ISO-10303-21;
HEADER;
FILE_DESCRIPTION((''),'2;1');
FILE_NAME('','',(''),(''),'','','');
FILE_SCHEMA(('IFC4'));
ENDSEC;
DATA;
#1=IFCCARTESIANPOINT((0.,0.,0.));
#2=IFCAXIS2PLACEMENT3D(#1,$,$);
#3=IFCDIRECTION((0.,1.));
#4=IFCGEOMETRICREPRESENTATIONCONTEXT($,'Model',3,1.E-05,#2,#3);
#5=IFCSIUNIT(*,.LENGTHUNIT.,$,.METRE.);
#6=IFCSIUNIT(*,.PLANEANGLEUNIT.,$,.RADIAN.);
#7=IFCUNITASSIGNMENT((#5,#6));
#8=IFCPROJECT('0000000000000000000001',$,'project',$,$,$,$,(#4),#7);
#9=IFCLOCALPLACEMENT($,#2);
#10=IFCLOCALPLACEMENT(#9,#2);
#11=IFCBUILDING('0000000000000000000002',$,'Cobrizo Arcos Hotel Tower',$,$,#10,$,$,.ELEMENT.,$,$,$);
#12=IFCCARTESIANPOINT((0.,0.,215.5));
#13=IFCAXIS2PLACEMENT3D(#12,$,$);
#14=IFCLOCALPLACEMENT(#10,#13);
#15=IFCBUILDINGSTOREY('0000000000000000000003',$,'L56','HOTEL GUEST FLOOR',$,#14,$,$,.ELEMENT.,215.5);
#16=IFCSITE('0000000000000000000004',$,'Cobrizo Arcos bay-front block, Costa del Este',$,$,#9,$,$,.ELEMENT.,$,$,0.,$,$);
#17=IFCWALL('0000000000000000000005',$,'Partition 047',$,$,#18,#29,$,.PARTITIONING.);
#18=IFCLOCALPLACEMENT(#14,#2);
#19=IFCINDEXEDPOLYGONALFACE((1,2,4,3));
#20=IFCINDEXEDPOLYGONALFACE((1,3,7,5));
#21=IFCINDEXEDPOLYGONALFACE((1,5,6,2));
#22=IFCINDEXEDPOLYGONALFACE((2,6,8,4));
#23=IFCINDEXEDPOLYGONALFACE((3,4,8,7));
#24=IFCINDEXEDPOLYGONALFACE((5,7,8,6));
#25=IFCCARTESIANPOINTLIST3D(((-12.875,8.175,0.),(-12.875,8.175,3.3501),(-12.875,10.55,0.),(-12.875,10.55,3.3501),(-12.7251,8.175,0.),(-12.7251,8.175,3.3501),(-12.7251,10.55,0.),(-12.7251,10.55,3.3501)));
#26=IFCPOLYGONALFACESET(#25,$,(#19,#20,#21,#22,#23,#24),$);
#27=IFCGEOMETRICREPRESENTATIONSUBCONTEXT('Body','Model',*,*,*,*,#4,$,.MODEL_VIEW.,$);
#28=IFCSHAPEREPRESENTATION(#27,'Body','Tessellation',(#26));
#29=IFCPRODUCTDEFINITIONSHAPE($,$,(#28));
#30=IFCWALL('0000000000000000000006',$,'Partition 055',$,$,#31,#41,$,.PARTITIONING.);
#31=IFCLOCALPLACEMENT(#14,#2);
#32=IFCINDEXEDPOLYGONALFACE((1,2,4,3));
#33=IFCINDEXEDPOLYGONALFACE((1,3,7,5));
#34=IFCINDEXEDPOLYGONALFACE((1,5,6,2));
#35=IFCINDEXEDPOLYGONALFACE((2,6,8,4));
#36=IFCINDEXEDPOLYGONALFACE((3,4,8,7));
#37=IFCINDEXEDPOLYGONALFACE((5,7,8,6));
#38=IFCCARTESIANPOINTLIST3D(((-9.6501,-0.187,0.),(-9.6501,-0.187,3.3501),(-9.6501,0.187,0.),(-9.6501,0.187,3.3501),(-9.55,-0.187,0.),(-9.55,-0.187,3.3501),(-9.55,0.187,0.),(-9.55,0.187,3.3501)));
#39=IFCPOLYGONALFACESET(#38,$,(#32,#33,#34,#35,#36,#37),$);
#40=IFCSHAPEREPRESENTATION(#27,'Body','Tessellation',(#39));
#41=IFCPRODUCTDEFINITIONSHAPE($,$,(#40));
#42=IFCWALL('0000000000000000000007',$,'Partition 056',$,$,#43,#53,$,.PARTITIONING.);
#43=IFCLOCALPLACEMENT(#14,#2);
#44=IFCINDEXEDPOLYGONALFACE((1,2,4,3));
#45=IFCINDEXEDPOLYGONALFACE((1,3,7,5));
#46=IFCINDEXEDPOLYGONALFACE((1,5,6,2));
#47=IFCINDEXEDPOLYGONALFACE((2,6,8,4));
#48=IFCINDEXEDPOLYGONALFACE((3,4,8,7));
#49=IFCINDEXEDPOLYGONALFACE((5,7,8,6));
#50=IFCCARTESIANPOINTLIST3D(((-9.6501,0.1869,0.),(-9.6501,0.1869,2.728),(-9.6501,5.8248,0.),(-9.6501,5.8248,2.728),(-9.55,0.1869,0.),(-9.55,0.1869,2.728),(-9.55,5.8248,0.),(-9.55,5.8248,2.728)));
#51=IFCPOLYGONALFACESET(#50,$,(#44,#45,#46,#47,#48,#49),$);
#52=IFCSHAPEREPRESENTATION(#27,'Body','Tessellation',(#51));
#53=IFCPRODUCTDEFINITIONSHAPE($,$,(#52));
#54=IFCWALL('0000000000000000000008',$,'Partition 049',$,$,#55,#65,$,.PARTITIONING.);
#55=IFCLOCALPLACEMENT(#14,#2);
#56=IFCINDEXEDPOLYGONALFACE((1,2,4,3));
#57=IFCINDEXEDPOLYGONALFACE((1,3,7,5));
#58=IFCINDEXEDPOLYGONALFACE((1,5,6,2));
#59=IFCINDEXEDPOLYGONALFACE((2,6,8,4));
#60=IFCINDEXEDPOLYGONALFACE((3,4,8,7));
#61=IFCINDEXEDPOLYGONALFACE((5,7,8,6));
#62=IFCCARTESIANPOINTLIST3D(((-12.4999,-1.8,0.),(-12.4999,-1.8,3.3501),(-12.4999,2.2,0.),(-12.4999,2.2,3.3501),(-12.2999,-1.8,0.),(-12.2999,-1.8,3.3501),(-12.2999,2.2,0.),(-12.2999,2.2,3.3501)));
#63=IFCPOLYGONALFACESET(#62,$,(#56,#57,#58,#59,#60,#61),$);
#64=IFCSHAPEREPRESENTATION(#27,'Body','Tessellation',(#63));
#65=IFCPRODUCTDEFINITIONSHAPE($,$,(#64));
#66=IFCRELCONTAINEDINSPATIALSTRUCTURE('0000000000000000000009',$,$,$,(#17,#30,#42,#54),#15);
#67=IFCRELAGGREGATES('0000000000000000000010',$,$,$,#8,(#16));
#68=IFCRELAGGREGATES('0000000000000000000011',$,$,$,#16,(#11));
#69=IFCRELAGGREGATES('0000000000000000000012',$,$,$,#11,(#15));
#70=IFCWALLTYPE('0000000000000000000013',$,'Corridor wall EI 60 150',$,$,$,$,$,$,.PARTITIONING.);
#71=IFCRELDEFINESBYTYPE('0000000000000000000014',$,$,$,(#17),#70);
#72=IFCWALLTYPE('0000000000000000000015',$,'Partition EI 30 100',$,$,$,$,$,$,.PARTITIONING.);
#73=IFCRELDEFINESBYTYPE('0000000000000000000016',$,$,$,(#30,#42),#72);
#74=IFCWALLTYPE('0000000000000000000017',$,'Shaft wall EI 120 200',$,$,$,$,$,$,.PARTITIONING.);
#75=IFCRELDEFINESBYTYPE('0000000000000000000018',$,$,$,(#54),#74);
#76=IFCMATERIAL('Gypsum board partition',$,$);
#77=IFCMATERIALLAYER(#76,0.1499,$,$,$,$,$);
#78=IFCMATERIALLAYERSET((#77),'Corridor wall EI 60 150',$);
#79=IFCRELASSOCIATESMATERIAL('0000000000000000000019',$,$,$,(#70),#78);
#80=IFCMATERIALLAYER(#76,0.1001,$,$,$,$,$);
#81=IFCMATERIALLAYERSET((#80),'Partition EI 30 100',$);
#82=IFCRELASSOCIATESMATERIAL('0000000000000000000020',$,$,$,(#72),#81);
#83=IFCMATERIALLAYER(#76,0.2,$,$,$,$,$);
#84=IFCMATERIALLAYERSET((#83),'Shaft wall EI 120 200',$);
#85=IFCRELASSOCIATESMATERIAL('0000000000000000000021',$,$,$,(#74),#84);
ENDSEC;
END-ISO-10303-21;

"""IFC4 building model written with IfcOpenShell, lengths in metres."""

from ifc_helpers import new_model, si_unit, direction, frame, frame_2d, origin, place, context, subcontext, project, spatial, rectangle, extrude, material, layer, layer_set, type_object, element, save


model = new_model("IFC4")

# Units and contexts
model_context = context("Model", 3, precision=1e-05, world=origin(), true_north=direction((0.0, 1.0)))
body_context = subcontext(model_context, "Body", "Model", "MODEL_VIEW")
ifc_project = project(units=[si_unit("LENGTHUNIT", "METRE"), si_unit("PLANEANGLEUNIT", "RADIAN")], contexts=[model_context])

# Site, building, storey
site_placement = place(None, origin())
site = spatial("IfcSite", under=ifc_project, at=site_placement, Name="Cobrizo Arcos bay-front block, Costa del Este", CompositionType="ELEMENT", RefElevation=0.0)
building_placement = place(site_placement, origin())
building = spatial("IfcBuilding", under=site, at=building_placement, Name="Cobrizo Arcos Hotel Tower", CompositionType="ELEMENT")
storey_placement = place(building_placement, frame((0.0, 0.0, 215.5)))
storey = spatial("IfcBuildingStorey", under=building, at=storey_placement, Name="L56", Description="HOTEL GUEST FLOOR", CompositionType="ELEMENT", Elevation=215.5)

# Shared definitions
ifc_material_1 = material(Name="Gypsum board partition")
ifc_layer_1 = layer(ifc_material_1, 0.1499)
ifc_layer_set_1 = layer_set([ifc_layer_1], Name="Corridor wall EI 60 150")
wall_type_1 = type_object("IfcWallType", Name="Corridor wall EI 60 150", PredefinedType="PARTITIONING", material=ifc_layer_set_1)

# Walls
wall_1_placement = place(storey_placement, frame((-12.8, 8.175, 0.0), z_axis=(0.0, 0.0, 1.0), x_axis=(0.0, 1.0, 0.0)))
element("IfcWall", 1, at=wall_1_placement, inside=storey, type_object=wall_type_1, Name="Partition 047", PredefinedType="PARTITIONING", context=body_context, shape_type="SweptSolid", body=[
    extrude(rectangle(XDim=2.375, YDim=0.1499, at=frame_2d((1.1875, 0.0))), origin(), (0.0, 0.0, 1.0), 3.3501),
])
ifc_layer_2 = layer(ifc_material_1, 0.1001)
ifc_layer_set_2 = layer_set([ifc_layer_2], Name="Partition EI 30 100")
wall_type_2 = type_object("IfcWallType", Name="Partition EI 30 100", PredefinedType="PARTITIONING", material=ifc_layer_set_2)
wall_2_placement = place(storey_placement, frame((-9.6001, -0.187, 0.0), z_axis=(0.0, 0.0, 1.0), x_axis=(0.0, 1.0, 0.0)))
element("IfcWall", 2, at=wall_2_placement, inside=storey, type_object=wall_type_2, Name="Partition 055", PredefinedType="PARTITIONING", context=body_context, shape_type="SweptSolid", body=[
    extrude(rectangle(XDim=0.374, YDim=0.1001, at=frame_2d((0.187, 0.0))), origin(), (0.0, 0.0, 1.0), 3.3501),
])
wall_3_placement = place(storey_placement, frame((-9.6001, 0.187, 0.0), z_axis=(0.0, 0.0, 1.0), x_axis=(0.0, 1.0, 0.0)))
element("IfcWall", 3, at=wall_3_placement, inside=storey, type_object=wall_type_2, Name="Partition 056", PredefinedType="PARTITIONING", context=body_context, shape_type="SweptSolid", body=[
    extrude(rectangle(XDim=5.6379, YDim=0.1001, at=frame_2d((2.8188, 0.0))), origin(), (0.0, 0.0, 1.0), 2.728),
])
ifc_layer_3 = layer(ifc_material_1, 0.2)
ifc_layer_set_3 = layer_set([ifc_layer_3], Name="Shaft wall EI 120 200")
wall_type_3 = type_object("IfcWallType", Name="Shaft wall EI 120 200", PredefinedType="PARTITIONING", material=ifc_layer_set_3)
wall_4_placement = place(storey_placement, frame((-12.3999, -1.8, 0.0), z_axis=(0.0, 0.0, 1.0), x_axis=(0.0, 1.0, 0.0)))
element("IfcWall", 4, at=wall_4_placement, inside=storey, type_object=wall_type_3, Name="Partition 049", PredefinedType="PARTITIONING", context=body_context, shape_type="SweptSolid", body=[
    extrude(rectangle(XDim=4.0, YDim=0.2, at=frame_2d((2.0, 0.0))), origin(), (0.0, 0.0, 1.0), 3.3501),
])

save(model, "model.ifc")
